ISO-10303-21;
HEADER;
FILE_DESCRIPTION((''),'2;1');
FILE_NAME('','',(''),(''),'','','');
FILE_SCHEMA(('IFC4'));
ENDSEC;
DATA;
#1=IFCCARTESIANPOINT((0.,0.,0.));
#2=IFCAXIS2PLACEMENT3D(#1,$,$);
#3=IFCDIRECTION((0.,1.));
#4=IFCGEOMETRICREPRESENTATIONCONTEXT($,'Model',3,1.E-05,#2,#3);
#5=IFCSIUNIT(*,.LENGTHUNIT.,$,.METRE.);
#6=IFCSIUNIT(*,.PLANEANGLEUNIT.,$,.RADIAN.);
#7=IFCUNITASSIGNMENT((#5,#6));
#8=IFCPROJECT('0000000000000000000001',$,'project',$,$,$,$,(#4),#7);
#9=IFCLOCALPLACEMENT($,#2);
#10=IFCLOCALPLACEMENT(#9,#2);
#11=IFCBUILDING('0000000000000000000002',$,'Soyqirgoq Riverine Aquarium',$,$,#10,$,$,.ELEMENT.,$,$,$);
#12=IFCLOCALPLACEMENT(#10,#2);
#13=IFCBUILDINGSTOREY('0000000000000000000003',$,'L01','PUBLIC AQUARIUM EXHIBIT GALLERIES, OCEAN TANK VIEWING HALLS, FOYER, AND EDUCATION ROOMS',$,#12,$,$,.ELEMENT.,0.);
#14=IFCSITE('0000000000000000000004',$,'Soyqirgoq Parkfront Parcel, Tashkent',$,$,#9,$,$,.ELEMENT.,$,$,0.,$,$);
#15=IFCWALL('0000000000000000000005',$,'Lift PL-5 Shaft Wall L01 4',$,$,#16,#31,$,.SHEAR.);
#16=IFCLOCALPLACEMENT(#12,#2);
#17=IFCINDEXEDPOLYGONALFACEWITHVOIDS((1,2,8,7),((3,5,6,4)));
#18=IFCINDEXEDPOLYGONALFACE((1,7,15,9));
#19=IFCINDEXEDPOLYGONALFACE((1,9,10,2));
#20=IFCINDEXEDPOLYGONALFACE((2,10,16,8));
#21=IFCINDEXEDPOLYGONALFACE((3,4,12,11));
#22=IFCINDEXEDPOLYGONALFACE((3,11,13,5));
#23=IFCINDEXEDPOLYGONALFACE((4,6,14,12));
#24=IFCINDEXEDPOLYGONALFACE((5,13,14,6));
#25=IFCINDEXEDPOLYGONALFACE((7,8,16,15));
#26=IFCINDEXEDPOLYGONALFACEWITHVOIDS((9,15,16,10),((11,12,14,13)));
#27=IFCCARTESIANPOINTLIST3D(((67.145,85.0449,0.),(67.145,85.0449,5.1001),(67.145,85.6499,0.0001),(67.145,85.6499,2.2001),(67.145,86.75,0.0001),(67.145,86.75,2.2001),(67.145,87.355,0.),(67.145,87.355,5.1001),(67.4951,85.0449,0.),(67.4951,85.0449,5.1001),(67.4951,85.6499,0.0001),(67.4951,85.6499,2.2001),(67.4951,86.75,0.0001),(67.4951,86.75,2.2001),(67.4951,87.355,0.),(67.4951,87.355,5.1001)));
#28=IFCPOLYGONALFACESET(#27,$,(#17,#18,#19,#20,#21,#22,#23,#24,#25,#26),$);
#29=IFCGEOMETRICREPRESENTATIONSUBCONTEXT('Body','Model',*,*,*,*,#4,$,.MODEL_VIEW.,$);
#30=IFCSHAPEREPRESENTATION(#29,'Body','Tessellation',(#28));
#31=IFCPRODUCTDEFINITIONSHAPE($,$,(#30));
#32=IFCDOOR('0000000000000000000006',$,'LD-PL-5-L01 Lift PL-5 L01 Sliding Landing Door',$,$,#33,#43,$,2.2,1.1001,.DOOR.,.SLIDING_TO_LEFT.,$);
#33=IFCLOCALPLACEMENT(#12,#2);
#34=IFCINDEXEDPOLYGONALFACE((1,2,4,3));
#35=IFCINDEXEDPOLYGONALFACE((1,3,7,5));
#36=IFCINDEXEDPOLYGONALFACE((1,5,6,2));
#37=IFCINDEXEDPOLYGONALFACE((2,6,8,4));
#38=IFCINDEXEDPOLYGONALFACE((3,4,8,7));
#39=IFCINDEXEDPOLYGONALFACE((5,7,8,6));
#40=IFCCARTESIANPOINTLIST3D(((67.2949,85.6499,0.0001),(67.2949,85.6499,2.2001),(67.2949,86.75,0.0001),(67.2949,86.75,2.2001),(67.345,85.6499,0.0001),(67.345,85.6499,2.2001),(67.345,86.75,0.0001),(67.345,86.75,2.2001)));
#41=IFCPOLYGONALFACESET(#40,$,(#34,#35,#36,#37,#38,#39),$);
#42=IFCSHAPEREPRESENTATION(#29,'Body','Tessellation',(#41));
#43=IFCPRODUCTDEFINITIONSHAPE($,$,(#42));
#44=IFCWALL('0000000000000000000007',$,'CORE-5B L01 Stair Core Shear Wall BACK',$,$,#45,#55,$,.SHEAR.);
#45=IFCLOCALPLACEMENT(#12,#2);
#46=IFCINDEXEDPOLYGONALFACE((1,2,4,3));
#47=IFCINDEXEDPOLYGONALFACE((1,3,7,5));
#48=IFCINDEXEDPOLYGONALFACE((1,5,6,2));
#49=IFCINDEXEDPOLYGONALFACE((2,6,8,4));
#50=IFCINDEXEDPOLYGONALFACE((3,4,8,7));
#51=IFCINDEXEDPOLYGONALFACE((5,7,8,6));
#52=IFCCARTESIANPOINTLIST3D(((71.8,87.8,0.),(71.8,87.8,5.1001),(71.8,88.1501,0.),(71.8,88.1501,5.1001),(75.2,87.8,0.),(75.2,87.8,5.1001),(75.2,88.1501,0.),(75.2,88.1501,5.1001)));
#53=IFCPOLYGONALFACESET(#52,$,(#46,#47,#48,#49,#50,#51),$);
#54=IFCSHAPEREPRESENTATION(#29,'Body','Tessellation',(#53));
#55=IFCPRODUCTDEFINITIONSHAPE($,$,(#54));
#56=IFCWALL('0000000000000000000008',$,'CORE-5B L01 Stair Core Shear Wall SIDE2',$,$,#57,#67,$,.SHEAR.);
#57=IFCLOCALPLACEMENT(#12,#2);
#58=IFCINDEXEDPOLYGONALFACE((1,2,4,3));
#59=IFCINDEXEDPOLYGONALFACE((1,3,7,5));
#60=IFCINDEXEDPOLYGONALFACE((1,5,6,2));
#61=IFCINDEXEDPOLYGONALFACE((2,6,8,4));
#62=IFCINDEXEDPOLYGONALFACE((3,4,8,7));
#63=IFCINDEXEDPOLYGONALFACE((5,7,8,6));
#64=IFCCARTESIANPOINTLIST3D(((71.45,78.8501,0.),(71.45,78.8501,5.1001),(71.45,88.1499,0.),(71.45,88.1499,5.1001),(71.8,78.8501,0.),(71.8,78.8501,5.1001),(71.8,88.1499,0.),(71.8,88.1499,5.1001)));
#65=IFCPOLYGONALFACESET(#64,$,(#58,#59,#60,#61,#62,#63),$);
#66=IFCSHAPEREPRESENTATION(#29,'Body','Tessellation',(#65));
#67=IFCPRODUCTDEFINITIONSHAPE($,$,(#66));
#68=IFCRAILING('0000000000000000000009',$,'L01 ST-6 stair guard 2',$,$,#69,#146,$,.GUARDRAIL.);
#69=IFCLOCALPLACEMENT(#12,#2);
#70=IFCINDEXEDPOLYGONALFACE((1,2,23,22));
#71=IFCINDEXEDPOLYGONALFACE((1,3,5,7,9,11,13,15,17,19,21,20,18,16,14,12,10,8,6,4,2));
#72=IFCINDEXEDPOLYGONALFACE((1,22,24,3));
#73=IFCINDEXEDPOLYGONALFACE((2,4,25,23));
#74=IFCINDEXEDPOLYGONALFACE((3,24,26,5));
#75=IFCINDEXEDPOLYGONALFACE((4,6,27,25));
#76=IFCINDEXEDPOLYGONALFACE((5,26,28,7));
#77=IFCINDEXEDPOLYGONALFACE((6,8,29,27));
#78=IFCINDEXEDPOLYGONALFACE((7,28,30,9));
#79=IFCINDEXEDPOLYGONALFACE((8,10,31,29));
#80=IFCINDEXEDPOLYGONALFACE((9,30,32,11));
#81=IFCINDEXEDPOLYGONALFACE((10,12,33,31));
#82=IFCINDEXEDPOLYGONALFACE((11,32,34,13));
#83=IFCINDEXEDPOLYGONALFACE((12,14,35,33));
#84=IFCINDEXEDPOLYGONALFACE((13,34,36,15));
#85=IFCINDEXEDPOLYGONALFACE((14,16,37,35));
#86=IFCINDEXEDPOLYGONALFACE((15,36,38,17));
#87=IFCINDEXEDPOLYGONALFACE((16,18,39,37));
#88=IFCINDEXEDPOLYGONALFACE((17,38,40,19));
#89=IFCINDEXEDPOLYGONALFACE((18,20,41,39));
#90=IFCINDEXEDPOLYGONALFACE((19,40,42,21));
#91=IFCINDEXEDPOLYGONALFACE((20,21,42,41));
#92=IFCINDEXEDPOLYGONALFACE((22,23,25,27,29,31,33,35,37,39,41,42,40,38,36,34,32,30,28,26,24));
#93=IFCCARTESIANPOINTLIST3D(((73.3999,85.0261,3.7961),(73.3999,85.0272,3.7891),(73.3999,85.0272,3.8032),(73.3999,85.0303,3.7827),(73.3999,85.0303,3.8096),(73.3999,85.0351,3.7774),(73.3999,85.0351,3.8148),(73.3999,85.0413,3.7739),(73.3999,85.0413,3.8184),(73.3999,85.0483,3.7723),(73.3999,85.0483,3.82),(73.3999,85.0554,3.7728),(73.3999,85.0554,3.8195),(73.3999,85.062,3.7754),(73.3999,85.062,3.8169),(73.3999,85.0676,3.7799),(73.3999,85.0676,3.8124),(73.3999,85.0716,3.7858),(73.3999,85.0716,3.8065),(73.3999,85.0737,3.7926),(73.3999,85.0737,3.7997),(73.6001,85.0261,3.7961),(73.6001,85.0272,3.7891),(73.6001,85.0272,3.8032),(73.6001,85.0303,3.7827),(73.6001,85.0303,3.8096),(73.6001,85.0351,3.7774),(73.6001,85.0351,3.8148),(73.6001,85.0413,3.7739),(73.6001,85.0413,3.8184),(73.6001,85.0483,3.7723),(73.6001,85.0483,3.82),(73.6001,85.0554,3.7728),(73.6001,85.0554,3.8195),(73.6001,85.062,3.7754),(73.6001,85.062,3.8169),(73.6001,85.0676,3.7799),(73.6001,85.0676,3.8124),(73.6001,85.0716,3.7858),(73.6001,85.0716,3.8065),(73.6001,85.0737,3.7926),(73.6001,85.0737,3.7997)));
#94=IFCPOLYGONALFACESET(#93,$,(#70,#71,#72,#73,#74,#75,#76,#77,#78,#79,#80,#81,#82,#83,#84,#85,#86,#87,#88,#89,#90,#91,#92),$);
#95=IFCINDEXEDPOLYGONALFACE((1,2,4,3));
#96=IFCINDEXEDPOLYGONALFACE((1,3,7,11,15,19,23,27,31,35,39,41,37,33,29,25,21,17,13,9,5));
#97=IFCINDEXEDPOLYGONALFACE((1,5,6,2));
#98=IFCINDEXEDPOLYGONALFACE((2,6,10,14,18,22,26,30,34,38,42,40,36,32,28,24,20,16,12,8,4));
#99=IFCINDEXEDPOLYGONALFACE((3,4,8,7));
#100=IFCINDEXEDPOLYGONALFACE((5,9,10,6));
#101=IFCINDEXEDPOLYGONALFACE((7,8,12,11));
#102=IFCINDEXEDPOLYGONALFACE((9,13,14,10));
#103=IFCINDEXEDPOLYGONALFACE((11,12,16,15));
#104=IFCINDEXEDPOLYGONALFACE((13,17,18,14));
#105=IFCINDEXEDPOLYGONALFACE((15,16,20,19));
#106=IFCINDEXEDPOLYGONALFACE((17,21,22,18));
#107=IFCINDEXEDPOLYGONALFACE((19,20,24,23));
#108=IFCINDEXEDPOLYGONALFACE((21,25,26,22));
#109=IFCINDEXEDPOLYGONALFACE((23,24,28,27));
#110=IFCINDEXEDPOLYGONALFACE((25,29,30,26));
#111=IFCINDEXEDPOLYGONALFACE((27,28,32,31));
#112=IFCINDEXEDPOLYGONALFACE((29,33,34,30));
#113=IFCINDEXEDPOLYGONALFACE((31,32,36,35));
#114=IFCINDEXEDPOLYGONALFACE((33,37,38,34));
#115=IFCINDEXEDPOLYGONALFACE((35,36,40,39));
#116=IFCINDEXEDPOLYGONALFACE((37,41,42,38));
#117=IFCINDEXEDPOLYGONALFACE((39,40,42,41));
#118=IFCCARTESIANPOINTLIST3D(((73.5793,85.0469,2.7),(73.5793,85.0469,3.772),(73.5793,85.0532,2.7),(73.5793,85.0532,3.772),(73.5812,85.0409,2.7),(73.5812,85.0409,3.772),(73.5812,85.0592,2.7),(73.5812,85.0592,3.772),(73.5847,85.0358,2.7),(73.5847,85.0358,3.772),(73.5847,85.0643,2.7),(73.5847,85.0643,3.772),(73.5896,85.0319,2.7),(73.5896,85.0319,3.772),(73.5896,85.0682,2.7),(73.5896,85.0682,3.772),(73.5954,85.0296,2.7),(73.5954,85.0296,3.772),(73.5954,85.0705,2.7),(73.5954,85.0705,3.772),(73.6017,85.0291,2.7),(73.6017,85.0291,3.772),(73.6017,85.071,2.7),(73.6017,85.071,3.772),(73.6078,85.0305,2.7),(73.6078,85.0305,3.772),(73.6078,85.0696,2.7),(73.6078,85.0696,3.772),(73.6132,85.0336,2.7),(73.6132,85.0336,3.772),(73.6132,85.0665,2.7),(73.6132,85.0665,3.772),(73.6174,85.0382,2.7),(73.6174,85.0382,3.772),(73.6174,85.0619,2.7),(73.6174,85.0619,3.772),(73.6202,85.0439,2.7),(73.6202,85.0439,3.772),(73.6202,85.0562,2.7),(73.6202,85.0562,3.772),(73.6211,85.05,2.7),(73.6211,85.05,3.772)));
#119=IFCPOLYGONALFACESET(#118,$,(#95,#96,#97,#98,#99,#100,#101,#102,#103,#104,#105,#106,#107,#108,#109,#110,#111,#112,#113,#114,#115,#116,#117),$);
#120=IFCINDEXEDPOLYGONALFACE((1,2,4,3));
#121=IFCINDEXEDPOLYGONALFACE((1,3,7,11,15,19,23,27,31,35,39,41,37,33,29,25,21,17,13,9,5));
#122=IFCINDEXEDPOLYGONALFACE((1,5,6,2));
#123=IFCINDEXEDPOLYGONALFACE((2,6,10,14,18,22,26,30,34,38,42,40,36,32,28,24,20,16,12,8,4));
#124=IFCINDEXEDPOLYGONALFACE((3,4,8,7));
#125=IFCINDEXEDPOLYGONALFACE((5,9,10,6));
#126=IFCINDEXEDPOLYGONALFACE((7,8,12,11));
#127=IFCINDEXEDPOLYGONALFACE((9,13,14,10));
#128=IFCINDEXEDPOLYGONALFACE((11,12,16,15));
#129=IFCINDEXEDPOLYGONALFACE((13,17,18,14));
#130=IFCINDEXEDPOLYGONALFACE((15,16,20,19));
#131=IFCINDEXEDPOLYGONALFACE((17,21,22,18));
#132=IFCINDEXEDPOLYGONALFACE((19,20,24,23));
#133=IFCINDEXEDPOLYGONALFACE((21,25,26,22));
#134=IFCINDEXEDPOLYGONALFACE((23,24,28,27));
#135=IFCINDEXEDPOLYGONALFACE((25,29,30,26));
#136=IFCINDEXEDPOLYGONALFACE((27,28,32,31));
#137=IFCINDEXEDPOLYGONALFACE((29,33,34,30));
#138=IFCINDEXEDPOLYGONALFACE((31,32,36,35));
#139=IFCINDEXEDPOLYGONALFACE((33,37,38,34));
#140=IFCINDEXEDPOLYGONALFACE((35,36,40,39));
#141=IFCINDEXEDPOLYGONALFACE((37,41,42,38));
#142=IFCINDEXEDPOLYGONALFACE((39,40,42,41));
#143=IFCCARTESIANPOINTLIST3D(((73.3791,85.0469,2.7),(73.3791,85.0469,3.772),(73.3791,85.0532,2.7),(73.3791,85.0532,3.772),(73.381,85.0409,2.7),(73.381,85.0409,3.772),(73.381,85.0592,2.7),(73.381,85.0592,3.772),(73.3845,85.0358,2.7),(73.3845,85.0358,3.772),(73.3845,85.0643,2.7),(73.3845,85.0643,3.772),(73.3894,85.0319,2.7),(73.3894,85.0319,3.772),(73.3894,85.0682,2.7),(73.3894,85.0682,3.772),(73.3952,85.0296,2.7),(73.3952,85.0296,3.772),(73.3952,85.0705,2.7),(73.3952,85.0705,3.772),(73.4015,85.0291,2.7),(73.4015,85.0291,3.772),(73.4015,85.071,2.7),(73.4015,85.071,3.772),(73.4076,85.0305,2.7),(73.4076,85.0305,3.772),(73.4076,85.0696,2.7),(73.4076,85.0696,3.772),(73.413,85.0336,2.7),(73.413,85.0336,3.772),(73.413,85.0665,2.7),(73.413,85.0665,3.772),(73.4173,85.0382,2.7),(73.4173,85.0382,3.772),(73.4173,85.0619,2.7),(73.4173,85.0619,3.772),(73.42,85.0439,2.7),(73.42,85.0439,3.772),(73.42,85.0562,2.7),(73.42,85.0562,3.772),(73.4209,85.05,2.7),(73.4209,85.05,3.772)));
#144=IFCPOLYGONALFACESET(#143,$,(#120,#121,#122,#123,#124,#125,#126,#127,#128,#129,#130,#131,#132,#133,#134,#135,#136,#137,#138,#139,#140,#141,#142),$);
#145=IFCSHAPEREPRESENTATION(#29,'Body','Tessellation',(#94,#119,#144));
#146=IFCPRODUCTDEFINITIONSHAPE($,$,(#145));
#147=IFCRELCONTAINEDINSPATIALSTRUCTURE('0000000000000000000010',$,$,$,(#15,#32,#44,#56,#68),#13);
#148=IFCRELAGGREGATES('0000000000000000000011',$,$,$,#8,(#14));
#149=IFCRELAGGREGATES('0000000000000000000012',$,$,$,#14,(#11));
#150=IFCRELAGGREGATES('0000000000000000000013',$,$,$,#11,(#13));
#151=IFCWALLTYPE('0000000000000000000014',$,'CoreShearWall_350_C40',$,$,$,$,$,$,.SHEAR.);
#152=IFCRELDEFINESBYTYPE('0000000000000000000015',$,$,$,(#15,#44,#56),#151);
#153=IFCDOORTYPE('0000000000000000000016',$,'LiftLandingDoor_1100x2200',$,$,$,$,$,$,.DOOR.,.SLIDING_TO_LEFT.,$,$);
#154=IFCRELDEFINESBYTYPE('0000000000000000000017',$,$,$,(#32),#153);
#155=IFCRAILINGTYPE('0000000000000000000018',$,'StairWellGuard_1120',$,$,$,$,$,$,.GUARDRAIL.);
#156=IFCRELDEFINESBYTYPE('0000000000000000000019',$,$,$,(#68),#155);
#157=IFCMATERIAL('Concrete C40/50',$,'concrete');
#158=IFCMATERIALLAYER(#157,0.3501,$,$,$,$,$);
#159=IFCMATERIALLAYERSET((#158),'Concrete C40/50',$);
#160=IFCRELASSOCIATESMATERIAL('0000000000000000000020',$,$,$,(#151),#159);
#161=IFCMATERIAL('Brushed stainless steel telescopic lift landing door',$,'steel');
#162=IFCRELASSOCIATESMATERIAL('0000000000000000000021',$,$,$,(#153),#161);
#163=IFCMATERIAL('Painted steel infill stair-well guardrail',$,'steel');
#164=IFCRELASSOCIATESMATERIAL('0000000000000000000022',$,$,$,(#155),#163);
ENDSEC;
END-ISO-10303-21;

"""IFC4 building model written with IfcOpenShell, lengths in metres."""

from ifc_helpers import new_model, si_unit, direction, frame, frame_2d, origin, origin_2d, place, context, subcontext, project, spatial, rectangle, circle, extrude, material, layer, layer_set, type_object, element, fill, save


model = new_model("IFC4")

# Units and contexts
model_context = context("Model", 3, precision=1e-05, world=origin(), true_north=direction((0.0, 1.0)))
body_context = subcontext(model_context, "Body", "Model", "MODEL_VIEW")
ifc_project = project(units=[si_unit("LENGTHUNIT", "METRE"), si_unit("PLANEANGLEUNIT", "RADIAN")], contexts=[model_context])

# Site, building, storey
site_placement = place(None, origin())
site = spatial("IfcSite", under=ifc_project, at=site_placement, Name="Soyqirgoq Parkfront Parcel, Tashkent", CompositionType="ELEMENT", RefElevation=0.0)
building_placement = place(site_placement, origin())
building = spatial("IfcBuilding", under=site, at=building_placement, Name="Soyqirgoq Riverine Aquarium", CompositionType="ELEMENT")
storey_placement = place(building_placement, origin())
storey = spatial("IfcBuildingStorey", under=building, at=storey_placement, Name="L01", Description="PUBLIC AQUARIUM EXHIBIT GALLERIES, OCEAN TANK VIEWING HALLS, FOYER, AND EDUCATION ROOMS", CompositionType="ELEMENT", Elevation=0.0)

# Shared definitions
ifc_material_1 = material(Name="Concrete C40/50", Category="concrete")
ifc_layer_1 = layer(ifc_material_1, 0.3501)
ifc_layer_set_1 = layer_set([ifc_layer_1], Name="Concrete C40/50")
wall_type = type_object("IfcWallType", Name="CoreShearWall_350_C40", PredefinedType="SHEAR", material=ifc_layer_set_1)

# Wall, opening, door
wall_1_placement = place(storey_placement, frame((67.3201, 87.355, 0.0), z_axis=(0.0, 0.0, 1.0), x_axis=(0.0, -1.0, 0.0)))
wall_1 = element("IfcWall", 1, at=wall_1_placement, inside=storey, type_object=wall_type, Name="Lift PL-5 Shaft Wall L01 4", PredefinedType="SHEAR", context=body_context, shape_type="SweptSolid", body=[
    extrude(rectangle(XDim=2.3101, YDim=0.3501, at=frame_2d((1.155, 0.0))), origin(), (0.0, 0.0, 1.0), 5.1001),
])
opening_placement = place(wall_1_placement, frame((0.605, 0.0, 0.0)))
opening = element("IfcOpeningElement", 2, at=opening_placement, cuts=wall_1, PredefinedType="OPENING", context=body_context, shape_type="SweptSolid", body=[
    extrude(rectangle(XDim=1.1001, YDim=2.2, at=frame_2d((0.55, 1.1001))), frame((0.0, 0.1851, 0.0), z_axis=(0.0, -1.0, 0.0), x_axis=(1.0, 0.0, 0.0)), (0.0, 0.0, 1.0), 0.3701),
])
ifc_material_2 = material(Name="Brushed stainless steel telescopic lift landing door", Category="steel")
door_type = type_object("IfcDoorType", Name="LiftLandingDoor_1100x2200", OperationType="SLIDING_TO_LEFT", PredefinedType="DOOR", material=ifc_material_2)
door_placement = place(opening_placement, origin())
door = element("IfcDoor", 3, at=door_placement, inside=storey, type_object=door_type, Name="LD-PL-5-L01 Lift PL-5 L01 Sliding Landing Door", OperationType="SLIDING_TO_LEFT", OverallHeight=2.2, OverallWidth=1.1001, PredefinedType="DOOR", context=body_context, shape_type="SweptSolid", body=[
    extrude(rectangle(XDim=1.1001, YDim=2.2, at=frame_2d((0.55, 1.1001))), frame((0.0, 0.0249, 0.0), z_axis=(0.0, -1.0, 0.0), x_axis=(1.0, 0.0, 0.0)), (0.0, 0.0, 1.0), 0.05),
])
fill(opening, door)

# Walls
wall_2_placement = place(storey_placement, frame((75.2, 87.9751, 0.0), z_axis=(0.0, 0.0, 1.0), x_axis=(-1.0, 0.0, 0.0)))
element("IfcWall", 4, at=wall_2_placement, inside=storey, type_object=wall_type, Name="CORE-5B L01 Stair Core Shear Wall BACK", PredefinedType="SHEAR", context=body_context, shape_type="SweptSolid", body=[
    extrude(rectangle(XDim=3.3999, YDim=0.3501, at=frame_2d((1.7, 0.0))), origin(), (0.0, 0.0, 1.0), 5.1001),
])
wall_3_placement = place(storey_placement, frame((71.625, 88.1499, 0.0), z_axis=(0.0, 0.0, 1.0), x_axis=(0.0, -1.0, 0.0)))
element("IfcWall", 5, at=wall_3_placement, inside=storey, type_object=wall_type, Name="CORE-5B L01 Stair Core Shear Wall SIDE2", PredefinedType="SHEAR", context=body_context, shape_type="SweptSolid", body=[
    extrude(rectangle(XDim=9.2998, YDim=0.3501, at=frame_2d((4.6499, 0.0))), origin(), (0.0, 0.0, 1.0), 5.1001),
])

# Railing
ifc_material_3 = material(Name="Painted steel infill stair-well guardrail", Category="steel")
railing_type = type_object("IfcRailingType", Name="StairWellGuard_1120", PredefinedType="GUARDRAIL", material=ifc_material_3)
railing_placement = place(storey_placement, frame((73.6001, 85.05, 2.7)))
element("IfcRailing", 6, at=railing_placement, inside=storey, type_object=railing_type, Name="L01 ST-6 stair guard 2", PredefinedType="GUARDRAIL", context=body_context, shape_type="SweptSolid", body=[
    extrude(circle(Radius=0.0239, at=origin_2d()), frame((0.0, 0.0, 1.0962), z_axis=(-1.0, 0.0, 0.0), x_axis=(0.0, -1.0, 0.0)), (0.0, 0.0, 1.0), 0.2002),
    extrude(circle(Radius=0.021, at=origin_2d()), origin(), (0.0, 0.0, 1.0), 1.072),
    extrude(circle(Radius=0.021, at=origin_2d()), frame((-0.2002, 0.0, 0.0)), (0.0, 0.0, 1.0), 1.072),
])

save(model, "model.ifc")
